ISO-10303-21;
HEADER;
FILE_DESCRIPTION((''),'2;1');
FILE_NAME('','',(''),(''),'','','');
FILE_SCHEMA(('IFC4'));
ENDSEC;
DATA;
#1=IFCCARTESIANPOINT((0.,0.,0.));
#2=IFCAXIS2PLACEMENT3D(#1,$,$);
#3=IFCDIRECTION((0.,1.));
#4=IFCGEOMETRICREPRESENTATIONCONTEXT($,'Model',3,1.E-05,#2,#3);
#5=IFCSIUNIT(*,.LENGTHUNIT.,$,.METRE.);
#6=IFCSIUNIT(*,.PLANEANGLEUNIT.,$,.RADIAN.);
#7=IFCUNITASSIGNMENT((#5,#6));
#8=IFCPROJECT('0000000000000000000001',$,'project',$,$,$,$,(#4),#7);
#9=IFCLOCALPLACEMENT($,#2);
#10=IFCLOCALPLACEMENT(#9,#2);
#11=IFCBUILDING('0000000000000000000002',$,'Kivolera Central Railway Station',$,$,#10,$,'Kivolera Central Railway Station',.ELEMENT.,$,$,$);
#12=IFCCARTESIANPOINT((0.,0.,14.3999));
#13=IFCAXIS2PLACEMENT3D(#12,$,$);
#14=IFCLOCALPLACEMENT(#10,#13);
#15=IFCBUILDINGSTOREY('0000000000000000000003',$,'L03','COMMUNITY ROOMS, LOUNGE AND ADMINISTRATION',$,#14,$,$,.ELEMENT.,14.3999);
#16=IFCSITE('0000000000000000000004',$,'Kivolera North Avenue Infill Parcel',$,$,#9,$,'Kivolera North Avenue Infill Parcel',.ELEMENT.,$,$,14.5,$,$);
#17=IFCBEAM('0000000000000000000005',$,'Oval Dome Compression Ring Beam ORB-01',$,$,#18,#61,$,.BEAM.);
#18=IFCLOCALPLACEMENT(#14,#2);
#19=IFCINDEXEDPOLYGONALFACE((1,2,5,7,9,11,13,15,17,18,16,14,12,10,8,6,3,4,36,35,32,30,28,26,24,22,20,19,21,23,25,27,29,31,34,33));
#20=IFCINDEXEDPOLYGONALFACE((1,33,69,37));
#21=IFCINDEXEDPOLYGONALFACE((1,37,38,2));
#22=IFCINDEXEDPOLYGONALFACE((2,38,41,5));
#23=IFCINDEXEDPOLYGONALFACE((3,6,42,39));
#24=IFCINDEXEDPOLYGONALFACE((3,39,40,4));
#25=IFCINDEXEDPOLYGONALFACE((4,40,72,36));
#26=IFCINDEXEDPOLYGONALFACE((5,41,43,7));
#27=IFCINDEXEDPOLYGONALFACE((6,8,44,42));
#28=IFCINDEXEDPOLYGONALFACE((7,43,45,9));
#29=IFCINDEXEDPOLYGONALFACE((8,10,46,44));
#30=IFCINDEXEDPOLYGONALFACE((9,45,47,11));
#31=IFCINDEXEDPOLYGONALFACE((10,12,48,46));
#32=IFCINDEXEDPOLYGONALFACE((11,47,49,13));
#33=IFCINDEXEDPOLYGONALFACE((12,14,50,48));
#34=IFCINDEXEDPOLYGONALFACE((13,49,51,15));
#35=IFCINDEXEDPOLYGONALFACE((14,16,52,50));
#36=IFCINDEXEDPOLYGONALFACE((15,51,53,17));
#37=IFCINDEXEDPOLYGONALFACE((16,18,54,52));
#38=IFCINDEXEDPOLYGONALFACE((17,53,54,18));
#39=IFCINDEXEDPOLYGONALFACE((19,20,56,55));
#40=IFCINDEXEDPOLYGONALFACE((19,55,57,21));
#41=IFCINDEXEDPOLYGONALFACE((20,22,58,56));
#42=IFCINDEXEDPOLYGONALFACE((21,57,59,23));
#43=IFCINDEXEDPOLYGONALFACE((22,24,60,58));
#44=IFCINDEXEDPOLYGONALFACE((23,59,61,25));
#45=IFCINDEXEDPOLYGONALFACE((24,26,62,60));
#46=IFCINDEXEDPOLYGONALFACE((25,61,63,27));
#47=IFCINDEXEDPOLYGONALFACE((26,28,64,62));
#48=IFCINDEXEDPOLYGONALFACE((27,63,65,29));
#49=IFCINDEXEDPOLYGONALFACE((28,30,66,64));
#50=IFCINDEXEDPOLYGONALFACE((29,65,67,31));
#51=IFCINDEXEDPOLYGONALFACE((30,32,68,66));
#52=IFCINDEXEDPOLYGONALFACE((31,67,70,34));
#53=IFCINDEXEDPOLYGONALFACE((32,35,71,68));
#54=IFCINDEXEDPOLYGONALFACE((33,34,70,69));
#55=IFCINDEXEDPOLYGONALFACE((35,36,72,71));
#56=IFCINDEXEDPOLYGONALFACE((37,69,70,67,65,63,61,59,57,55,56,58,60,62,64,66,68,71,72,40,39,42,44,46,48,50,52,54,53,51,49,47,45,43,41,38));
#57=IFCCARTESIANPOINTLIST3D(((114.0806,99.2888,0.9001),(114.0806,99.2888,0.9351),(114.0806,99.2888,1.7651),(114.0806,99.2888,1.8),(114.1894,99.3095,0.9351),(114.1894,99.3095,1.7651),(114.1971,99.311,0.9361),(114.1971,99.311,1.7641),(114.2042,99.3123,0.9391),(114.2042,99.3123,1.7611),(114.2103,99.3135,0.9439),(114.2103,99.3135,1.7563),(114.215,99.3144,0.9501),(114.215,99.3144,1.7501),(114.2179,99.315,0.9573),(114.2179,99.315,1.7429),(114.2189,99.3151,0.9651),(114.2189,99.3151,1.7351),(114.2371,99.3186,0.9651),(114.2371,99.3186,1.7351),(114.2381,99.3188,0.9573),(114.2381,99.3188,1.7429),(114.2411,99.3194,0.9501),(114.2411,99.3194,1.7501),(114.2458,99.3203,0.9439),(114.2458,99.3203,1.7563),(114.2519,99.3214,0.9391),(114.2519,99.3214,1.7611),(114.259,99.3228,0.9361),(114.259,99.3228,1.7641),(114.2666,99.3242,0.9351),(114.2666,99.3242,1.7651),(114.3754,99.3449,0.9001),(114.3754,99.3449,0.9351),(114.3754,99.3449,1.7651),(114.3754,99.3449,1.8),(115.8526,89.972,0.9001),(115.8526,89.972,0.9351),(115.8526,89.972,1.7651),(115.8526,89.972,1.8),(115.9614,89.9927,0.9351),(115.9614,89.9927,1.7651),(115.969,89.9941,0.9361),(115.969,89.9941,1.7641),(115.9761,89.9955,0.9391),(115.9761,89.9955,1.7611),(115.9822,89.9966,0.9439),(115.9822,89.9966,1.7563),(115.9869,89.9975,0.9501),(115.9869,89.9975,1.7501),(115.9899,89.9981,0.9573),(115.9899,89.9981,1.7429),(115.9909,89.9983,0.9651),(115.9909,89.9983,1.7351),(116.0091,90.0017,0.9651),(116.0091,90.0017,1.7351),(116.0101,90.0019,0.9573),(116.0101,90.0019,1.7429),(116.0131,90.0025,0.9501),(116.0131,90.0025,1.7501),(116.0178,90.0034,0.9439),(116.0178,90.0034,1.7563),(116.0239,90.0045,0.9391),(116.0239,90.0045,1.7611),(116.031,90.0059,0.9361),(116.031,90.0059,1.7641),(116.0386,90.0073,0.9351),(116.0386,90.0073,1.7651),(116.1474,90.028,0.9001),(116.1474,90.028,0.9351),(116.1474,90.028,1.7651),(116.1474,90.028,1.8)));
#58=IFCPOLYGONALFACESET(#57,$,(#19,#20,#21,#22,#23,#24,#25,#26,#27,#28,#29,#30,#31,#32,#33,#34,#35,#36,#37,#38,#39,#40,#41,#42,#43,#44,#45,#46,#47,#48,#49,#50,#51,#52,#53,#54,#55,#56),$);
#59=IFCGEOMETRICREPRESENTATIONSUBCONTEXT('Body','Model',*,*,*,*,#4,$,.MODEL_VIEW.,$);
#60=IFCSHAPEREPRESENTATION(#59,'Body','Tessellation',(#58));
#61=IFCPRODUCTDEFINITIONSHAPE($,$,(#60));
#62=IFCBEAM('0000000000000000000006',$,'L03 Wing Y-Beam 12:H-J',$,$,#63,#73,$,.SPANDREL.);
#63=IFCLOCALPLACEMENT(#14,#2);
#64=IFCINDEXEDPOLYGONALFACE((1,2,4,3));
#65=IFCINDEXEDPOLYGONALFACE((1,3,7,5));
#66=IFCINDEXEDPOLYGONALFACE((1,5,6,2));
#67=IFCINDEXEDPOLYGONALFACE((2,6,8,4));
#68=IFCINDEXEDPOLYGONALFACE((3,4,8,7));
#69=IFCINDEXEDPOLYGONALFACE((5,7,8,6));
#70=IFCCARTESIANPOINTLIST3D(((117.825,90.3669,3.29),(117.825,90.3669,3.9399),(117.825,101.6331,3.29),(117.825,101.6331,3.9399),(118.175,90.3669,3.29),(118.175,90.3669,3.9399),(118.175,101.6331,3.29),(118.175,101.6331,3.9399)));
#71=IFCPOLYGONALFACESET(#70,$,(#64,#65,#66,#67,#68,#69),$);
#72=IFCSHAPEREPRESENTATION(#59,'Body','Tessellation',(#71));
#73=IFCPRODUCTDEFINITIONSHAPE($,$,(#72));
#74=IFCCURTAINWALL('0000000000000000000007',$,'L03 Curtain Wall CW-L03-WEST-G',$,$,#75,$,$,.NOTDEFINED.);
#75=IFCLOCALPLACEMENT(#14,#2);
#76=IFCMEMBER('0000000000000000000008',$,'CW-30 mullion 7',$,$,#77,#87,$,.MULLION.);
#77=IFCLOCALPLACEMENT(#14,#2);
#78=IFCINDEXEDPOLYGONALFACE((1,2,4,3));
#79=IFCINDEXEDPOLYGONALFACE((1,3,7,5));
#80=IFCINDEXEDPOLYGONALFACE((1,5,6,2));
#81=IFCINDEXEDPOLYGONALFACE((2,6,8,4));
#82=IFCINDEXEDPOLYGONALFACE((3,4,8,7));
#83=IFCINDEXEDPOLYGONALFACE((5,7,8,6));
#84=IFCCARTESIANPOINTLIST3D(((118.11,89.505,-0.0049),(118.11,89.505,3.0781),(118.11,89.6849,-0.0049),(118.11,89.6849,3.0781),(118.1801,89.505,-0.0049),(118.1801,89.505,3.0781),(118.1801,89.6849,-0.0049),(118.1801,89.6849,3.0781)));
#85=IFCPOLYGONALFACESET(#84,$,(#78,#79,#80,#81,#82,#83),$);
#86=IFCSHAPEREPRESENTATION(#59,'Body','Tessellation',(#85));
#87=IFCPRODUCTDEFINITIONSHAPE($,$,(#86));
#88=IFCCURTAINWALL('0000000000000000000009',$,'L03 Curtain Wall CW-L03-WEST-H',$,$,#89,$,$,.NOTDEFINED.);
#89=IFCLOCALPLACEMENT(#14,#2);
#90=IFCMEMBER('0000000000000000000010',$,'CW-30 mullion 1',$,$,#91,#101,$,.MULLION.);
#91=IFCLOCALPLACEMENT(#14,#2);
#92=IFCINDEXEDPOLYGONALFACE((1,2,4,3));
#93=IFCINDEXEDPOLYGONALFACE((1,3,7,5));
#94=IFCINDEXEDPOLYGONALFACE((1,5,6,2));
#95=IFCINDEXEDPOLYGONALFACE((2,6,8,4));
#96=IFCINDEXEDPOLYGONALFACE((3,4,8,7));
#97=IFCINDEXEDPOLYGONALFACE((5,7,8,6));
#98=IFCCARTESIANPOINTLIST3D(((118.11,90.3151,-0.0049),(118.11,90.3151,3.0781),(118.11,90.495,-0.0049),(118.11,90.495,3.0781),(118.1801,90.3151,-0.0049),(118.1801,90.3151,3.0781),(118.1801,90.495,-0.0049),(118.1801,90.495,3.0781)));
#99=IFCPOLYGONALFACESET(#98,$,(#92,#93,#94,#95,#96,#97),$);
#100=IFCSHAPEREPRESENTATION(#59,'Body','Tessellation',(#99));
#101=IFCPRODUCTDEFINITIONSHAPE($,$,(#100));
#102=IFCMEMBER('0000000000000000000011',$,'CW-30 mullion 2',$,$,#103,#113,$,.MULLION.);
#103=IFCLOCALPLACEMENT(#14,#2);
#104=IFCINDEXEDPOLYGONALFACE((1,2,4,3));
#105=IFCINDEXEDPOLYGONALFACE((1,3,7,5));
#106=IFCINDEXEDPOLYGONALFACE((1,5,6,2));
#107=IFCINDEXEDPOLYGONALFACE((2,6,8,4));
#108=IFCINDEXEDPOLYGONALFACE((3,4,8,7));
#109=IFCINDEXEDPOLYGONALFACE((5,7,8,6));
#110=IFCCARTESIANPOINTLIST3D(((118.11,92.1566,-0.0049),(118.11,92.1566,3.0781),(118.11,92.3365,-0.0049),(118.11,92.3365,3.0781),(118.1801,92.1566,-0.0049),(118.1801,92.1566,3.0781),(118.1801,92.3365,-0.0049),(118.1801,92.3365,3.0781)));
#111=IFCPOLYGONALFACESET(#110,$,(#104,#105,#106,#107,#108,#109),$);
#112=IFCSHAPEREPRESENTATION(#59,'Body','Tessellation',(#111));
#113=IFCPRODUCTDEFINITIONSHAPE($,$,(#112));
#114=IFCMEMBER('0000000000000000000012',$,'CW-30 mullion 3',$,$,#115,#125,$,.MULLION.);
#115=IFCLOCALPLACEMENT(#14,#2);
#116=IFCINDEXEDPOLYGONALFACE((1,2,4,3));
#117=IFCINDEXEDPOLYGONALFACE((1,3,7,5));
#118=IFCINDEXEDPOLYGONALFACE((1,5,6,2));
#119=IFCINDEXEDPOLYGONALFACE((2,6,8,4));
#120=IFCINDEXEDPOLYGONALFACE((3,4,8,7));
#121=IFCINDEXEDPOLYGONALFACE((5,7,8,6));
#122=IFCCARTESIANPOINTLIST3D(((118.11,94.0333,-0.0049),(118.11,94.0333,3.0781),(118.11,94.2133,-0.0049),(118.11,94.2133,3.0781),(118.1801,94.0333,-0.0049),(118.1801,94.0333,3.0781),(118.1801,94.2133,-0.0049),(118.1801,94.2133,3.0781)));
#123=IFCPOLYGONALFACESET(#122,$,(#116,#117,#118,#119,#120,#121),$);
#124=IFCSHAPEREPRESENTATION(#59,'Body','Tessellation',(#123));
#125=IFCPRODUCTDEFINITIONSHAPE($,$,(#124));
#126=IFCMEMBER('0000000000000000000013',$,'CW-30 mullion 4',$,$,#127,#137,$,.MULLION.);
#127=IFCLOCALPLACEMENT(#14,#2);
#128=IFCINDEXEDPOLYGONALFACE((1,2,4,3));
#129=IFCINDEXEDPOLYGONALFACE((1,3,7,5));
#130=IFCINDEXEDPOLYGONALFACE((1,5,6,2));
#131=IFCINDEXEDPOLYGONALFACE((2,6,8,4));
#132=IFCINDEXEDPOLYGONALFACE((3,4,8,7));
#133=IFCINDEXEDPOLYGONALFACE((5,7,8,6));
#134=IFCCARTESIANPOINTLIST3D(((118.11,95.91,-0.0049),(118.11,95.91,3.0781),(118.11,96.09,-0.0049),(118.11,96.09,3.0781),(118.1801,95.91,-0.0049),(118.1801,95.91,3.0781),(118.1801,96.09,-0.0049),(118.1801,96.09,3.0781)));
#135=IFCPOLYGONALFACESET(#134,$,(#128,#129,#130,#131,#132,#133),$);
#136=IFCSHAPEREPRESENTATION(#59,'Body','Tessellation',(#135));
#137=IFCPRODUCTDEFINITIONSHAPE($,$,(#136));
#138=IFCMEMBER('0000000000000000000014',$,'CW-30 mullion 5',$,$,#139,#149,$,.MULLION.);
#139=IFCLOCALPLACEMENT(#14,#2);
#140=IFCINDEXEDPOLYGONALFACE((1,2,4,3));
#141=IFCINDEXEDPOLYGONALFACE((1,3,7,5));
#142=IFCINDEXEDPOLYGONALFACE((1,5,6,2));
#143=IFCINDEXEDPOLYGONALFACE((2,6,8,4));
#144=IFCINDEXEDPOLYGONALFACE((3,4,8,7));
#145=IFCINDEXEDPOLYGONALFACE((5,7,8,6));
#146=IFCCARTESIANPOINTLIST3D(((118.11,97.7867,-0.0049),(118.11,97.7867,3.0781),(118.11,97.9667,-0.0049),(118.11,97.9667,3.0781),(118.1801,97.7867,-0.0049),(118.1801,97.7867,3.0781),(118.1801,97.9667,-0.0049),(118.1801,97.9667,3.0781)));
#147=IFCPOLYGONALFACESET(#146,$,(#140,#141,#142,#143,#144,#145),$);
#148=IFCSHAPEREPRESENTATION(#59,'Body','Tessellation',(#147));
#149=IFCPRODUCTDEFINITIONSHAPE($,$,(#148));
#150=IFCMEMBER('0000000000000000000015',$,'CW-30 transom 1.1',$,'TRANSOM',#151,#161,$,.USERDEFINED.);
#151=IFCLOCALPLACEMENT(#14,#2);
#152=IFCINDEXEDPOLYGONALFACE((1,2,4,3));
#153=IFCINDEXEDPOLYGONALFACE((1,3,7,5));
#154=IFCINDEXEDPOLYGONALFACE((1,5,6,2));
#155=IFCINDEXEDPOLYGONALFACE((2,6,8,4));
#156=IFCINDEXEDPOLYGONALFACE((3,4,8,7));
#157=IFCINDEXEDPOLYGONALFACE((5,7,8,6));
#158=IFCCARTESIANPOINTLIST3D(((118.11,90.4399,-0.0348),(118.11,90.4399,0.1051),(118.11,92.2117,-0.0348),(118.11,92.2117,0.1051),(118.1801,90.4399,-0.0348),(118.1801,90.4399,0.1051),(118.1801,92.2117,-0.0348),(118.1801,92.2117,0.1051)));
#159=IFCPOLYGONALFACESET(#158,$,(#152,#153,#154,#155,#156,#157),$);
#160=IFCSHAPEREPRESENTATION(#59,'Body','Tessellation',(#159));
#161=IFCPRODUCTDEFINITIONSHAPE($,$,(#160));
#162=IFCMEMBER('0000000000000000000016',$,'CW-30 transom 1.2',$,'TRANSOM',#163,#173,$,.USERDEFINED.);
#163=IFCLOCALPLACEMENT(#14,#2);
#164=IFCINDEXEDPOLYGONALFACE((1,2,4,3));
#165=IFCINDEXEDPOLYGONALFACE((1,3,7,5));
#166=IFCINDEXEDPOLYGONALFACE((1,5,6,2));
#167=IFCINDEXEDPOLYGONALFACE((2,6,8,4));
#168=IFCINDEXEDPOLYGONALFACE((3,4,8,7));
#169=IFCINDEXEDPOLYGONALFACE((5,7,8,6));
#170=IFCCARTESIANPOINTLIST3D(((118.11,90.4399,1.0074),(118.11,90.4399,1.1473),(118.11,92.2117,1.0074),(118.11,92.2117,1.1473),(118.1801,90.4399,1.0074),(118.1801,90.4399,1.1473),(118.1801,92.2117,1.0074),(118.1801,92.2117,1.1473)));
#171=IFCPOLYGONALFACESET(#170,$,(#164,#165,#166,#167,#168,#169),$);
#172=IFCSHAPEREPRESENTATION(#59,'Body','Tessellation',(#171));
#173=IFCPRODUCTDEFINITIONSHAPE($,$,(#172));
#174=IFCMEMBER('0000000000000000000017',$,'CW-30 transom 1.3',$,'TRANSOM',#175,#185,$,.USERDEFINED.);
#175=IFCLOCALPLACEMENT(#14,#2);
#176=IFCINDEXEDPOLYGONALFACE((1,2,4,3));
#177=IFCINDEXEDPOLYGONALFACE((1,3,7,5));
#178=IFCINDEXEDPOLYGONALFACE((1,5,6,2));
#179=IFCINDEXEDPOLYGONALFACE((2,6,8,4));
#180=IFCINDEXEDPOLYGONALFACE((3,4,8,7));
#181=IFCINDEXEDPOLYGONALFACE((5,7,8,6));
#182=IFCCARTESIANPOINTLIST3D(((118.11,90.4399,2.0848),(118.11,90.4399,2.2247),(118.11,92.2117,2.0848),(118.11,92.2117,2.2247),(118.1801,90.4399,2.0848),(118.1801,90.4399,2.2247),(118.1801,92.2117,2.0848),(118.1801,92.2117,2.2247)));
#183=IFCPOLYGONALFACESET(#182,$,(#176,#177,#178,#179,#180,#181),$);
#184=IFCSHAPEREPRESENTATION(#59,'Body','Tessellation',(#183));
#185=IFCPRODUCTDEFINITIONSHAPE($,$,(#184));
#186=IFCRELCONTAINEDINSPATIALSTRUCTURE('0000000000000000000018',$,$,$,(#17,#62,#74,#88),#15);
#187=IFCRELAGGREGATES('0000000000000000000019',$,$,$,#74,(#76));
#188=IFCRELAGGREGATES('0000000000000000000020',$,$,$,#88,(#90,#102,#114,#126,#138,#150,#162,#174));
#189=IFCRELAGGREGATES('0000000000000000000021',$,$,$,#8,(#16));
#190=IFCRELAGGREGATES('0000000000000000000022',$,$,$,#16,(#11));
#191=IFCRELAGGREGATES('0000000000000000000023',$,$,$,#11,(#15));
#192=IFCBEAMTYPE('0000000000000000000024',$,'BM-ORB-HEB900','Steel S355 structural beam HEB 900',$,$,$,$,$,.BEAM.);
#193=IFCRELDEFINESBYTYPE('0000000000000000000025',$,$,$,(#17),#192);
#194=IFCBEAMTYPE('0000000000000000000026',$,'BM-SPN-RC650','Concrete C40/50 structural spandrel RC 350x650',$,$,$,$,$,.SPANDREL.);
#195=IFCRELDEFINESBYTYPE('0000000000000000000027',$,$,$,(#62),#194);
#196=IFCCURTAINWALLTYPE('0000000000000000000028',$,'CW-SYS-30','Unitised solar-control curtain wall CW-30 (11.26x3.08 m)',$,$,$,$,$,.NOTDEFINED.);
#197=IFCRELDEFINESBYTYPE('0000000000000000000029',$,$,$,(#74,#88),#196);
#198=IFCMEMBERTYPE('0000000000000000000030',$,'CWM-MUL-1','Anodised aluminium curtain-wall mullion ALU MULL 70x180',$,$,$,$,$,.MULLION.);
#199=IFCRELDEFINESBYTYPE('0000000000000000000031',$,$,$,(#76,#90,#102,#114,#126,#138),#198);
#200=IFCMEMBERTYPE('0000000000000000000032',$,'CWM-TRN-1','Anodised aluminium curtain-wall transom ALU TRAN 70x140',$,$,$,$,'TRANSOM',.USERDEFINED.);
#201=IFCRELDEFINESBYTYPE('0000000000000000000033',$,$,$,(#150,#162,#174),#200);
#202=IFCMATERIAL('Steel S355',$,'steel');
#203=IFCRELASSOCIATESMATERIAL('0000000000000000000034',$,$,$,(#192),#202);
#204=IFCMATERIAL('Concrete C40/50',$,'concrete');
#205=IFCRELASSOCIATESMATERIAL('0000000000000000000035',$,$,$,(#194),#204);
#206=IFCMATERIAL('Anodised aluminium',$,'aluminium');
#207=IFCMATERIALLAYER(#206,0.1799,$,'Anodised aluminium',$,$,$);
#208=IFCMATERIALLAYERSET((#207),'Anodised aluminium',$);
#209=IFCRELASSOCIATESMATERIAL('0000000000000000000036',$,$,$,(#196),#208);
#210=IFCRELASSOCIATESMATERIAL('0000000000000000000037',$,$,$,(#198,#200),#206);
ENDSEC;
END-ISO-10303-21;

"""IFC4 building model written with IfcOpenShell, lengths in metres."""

from ifc_helpers import new_model, si_unit, direction, frame, origin, origin_2d, place, context, subcontext, project, spatial, rectangle, i_section, extrude, material, layer, layer_set, material_profile, profile_set, type_object, element, aggregate, save


model = new_model("IFC4")

# Units and contexts
model_context = context("Model", 3, precision=1e-05, world=origin(), true_north=direction((0.0, 1.0)))
body_context = subcontext(model_context, "Body", "Model", "MODEL_VIEW")
ifc_project = project(units=[si_unit("LENGTHUNIT", "METRE"), si_unit("PLANEANGLEUNIT", "RADIAN")], contexts=[model_context])

# Site, building, storey
site_placement = place(None, origin())
site = spatial("IfcSite", under=ifc_project, at=site_placement, Name="Kivolera North Avenue Infill Parcel", LongName="Kivolera North Avenue Infill Parcel", CompositionType="ELEMENT", RefElevation=14.5)
building_placement = place(site_placement, origin())
building = spatial("IfcBuilding", under=site, at=building_placement, Name="Kivolera Central Railway Station", LongName="Kivolera Central Railway Station", CompositionType="ELEMENT")
storey_placement = place(building_placement, frame((0.0, 0.0, 14.3999)))
storey = spatial("IfcBuildingStorey", under=building, at=storey_placement, Name="L03", Description="COMMUNITY ROOMS, LOUNGE AND ADMINISTRATION", CompositionType="ELEMENT", Elevation=14.3999)

# Shared definitions
ifc_material_1 = material(Name="Concrete C40/50", Category="concrete")

# Beams
ifc_material_2 = material(Name="Steel S355", Category="steel")
ifc_material_profile_1 = material_profile(ifc_material_2, i_section(OverallWidth=0.3, OverallDepth=0.8999, WebThickness=0.0186, FlangeThickness=0.0349, FilletRadius=0.03, at=origin_2d()), Name="HEB 900")
ifc_profile_set_1 = profile_set([ifc_material_profile_1], Name="Steel S355")
beam_type_1 = type_object("IfcBeamType", Name="BM-ORB-HEB900", Description="Steel S355 structural beam HEB 900", PredefinedType="BEAM", material=ifc_profile_set_1)
beam_1_placement = place(storey_placement, frame((116.0, 90.0, 1.3501), z_axis=(-0.18684, 0.98239, 0.0), x_axis=(-0.98239, -0.18684, 0.0)))
element("IfcBeam", 1, at=beam_1_placement, inside=storey, type_object=beam_type_1, Name="Oval Dome Compression Ring Beam ORB-01", PredefinedType="BEAM", context=body_context, shape_type="SweptSolid", body=[
    extrude(i_section(OverallWidth=0.3, OverallDepth=0.8999, WebThickness=0.0186, FlangeThickness=0.0349, FilletRadius=0.03, at=origin_2d()), origin(), (0.0, 0.0, 1.0), 9.4839),
])
ifc_material_profile_2 = material_profile(ifc_material_1, rectangle(XDim=0.3501, YDim=0.6499, at=origin_2d()), Name="RC 350x650")
ifc_profile_set_2 = profile_set([ifc_material_profile_2], Name="Concrete C40/50")
beam_type_2 = type_object("IfcBeamType", Name="BM-SPN-RC650", Description="Concrete C40/50 structural spandrel RC 350x650", PredefinedType="SPANDREL", material=ifc_profile_set_2)
beam_2_placement = place(storey_placement, frame((118.0, 90.3669, 3.615), z_axis=(0.0, 1.0, 0.0), x_axis=(-1.0, 0.0, 0.0)))
element("IfcBeam", 2, at=beam_2_placement, inside=storey, type_object=beam_type_2, Name="L03 Wing Y-Beam 12:H-J", PredefinedType="SPANDREL", context=body_context, shape_type="SweptSolid", body=[
    extrude(rectangle(XDim=0.3501, YDim=0.6499, at=origin_2d()), origin(), (0.0, 0.0, 1.0), 11.2661),
])

# Curtain wall, member
ifc_material_3 = material(Name="Anodised aluminium", Category="aluminium")
ifc_layer_1 = layer(ifc_material_3, 0.1799, Name="Anodised aluminium")
ifc_layer_set_1 = layer_set([ifc_layer_1], Name="Anodised aluminium")
curtain_wall_type = type_object("IfcCurtainWallType", Name="CW-SYS-30", Description="Unitised solar-control curtain wall CW-30 (11.26x3.08 m)", PredefinedType="NOTDEFINED", material=ifc_layer_set_1)
curtain_wall_1_placement = place(storey_placement, origin())
curtain_wall_1 = element("IfcCurtainWall", 3, at=curtain_wall_1_placement, inside=storey, type_object=curtain_wall_type, Name="L03 Curtain Wall CW-L03-WEST-G", PredefinedType="NOTDEFINED")
ifc_material_profile_3 = material_profile(ifc_material_3, rectangle(XDim=0.0701, YDim=0.1799, at=origin_2d()), Name="ALU MULL 70x180")
ifc_profile_set_3 = profile_set([ifc_material_profile_3], Name="Anodised aluminium")
member_type_1 = type_object("IfcMemberType", Name="CWM-MUL-1", Description="Anodised aluminium curtain-wall mullion ALU MULL 70x180", PredefinedType="MULLION", material=ifc_profile_set_3)
member_1_placement = place(storey_placement, frame((118.145, 89.595, -0.0049), z_axis=(0.0, 0.0, 1.0), x_axis=(-1.0, 0.0, 0.0)))
member_1 = element("IfcMember", 4, at=member_1_placement, type_object=member_type_1, Name="CW-30 mullion 7", PredefinedType="MULLION", context=body_context, shape_type="SweptSolid", body=[
    extrude(rectangle(XDim=0.0701, YDim=0.1799, at=origin_2d()), origin(), (0.0, 0.0, 1.0), 3.083),
])

# Curtain wall, members
curtain_wall_2_placement = place(storey_placement, origin())
curtain_wall_2 = element("IfcCurtainWall", 5, at=curtain_wall_2_placement, inside=storey, type_object=curtain_wall_type, Name="L03 Curtain Wall CW-L03-WEST-H", PredefinedType="NOTDEFINED")
member_2_placement = place(storey_placement, frame((118.145, 90.405, -0.0049), z_axis=(0.0, 0.0, 1.0), x_axis=(-1.0, 0.0, 0.0)))
member_2 = element("IfcMember", 6, at=member_2_placement, type_object=member_type_1, Name="CW-30 mullion 1", PredefinedType="MULLION", context=body_context, shape_type="SweptSolid", body=[
    extrude(rectangle(XDim=0.0701, YDim=0.1799, at=origin_2d()), origin(), (0.0, 0.0, 1.0), 3.083),
])
member_3_placement = place(storey_placement, frame((118.145, 92.2466, -0.0049), z_axis=(0.0, 0.0, 1.0), x_axis=(-1.0, 0.0, 0.0)))
member_3 = element("IfcMember", 7, at=member_3_placement, type_object=member_type_1, Name="CW-30 mullion 2", PredefinedType="MULLION", context=body_context, shape_type="SweptSolid", body=[
    extrude(rectangle(XDim=0.0701, YDim=0.1799, at=origin_2d()), origin(), (0.0, 0.0, 1.0), 3.083),
])
member_4_placement = place(storey_placement, frame((118.145, 94.1233, -0.0049), z_axis=(0.0, 0.0, 1.0), x_axis=(-1.0, 0.0, 0.0)))
member_4 = element("IfcMember", 8, at=member_4_placement, type_object=member_type_1, Name="CW-30 mullion 3", PredefinedType="MULLION", context=body_context, shape_type="SweptSolid", body=[
    extrude(rectangle(XDim=0.0701, YDim=0.1799, at=origin_2d()), origin(), (0.0, 0.0, 1.0), 3.083),
])
member_5_placement = place(storey_placement, frame((118.145, 96.0, -0.0049), z_axis=(0.0, 0.0, 1.0), x_axis=(-1.0, 0.0, 0.0)))
member_5 = element("IfcMember", 9, at=member_5_placement, type_object=member_type_1, Name="CW-30 mullion 4", PredefinedType="MULLION", context=body_context, shape_type="SweptSolid", body=[
    extrude(rectangle(XDim=0.0701, YDim=0.1799, at=origin_2d()), origin(), (0.0, 0.0, 1.0), 3.083),
])
member_6_placement = place(storey_placement, frame((118.145, 97.8767, -0.0049), z_axis=(0.0, 0.0, 1.0), x_axis=(-1.0, 0.0, 0.0)))
member_6 = element("IfcMember", 10, at=member_6_placement, type_object=member_type_1, Name="CW-30 mullion 5", PredefinedType="MULLION", context=body_context, shape_type="SweptSolid", body=[
    extrude(rectangle(XDim=0.0701, YDim=0.1799, at=origin_2d()), origin(), (0.0, 0.0, 1.0), 3.083),
])
ifc_material_profile_4 = material_profile(ifc_material_3, rectangle(XDim=0.0701, YDim=0.1399, at=origin_2d()), Name="ALU TRAN 70x140")
ifc_profile_set_4 = profile_set([ifc_material_profile_4], Name="Anodised aluminium")
member_type_2 = type_object("IfcMemberType", Name="CWM-TRN-1", Description="Anodised aluminium curtain-wall transom ALU TRAN 70x140", ElementType="TRANSOM", PredefinedType="USERDEFINED", material=ifc_profile_set_4)
member_7_placement = place(storey_placement, frame((118.145, 90.4399, 0.0352), z_axis=(0.0, 1.0, 0.0), x_axis=(-1.0, 0.0, 0.0)))
member_7 = element("IfcMember", 11, at=member_7_placement, type_object=member_type_2, Name="CW-30 transom 1.1", ObjectType="TRANSOM", PredefinedType="USERDEFINED", context=body_context, shape_type="SweptSolid", body=[
    extrude(rectangle(XDim=0.0701, YDim=0.1399, at=origin_2d()), origin(), (0.0, 0.0, 1.0), 1.7717),
])
member_8_placement = place(storey_placement, frame((118.145, 90.4399, 1.0774), z_axis=(0.0, 1.0, 0.0), x_axis=(-1.0, 0.0, 0.0)))
member_8 = element("IfcMember", 12, at=member_8_placement, type_object=member_type_2, Name="CW-30 transom 1.2", ObjectType="TRANSOM", PredefinedType="USERDEFINED", context=body_context, shape_type="SweptSolid", body=[
    extrude(rectangle(XDim=0.0701, YDim=0.1399, at=origin_2d()), origin(), (0.0, 0.0, 1.0), 1.7717),
])
member_9_placement = place(storey_placement, frame((118.145, 90.4399, 2.1548), z_axis=(0.0, 1.0, 0.0), x_axis=(-1.0, 0.0, 0.0)))
member_9 = element("IfcMember", 13, at=member_9_placement, type_object=member_type_2, Name="CW-30 transom 1.3", ObjectType="TRANSOM", PredefinedType="USERDEFINED", context=body_context, shape_type="SweptSolid", body=[
    extrude(rectangle(XDim=0.0701, YDim=0.1399, at=origin_2d()), origin(), (0.0, 0.0, 1.0), 1.7717),
])

aggregate(curtain_wall_1, [member_1])
aggregate(curtain_wall_2, [member_2, member_3, member_4, member_5, member_6, member_7, member_8, member_9])

save(model, "model.ifc")
